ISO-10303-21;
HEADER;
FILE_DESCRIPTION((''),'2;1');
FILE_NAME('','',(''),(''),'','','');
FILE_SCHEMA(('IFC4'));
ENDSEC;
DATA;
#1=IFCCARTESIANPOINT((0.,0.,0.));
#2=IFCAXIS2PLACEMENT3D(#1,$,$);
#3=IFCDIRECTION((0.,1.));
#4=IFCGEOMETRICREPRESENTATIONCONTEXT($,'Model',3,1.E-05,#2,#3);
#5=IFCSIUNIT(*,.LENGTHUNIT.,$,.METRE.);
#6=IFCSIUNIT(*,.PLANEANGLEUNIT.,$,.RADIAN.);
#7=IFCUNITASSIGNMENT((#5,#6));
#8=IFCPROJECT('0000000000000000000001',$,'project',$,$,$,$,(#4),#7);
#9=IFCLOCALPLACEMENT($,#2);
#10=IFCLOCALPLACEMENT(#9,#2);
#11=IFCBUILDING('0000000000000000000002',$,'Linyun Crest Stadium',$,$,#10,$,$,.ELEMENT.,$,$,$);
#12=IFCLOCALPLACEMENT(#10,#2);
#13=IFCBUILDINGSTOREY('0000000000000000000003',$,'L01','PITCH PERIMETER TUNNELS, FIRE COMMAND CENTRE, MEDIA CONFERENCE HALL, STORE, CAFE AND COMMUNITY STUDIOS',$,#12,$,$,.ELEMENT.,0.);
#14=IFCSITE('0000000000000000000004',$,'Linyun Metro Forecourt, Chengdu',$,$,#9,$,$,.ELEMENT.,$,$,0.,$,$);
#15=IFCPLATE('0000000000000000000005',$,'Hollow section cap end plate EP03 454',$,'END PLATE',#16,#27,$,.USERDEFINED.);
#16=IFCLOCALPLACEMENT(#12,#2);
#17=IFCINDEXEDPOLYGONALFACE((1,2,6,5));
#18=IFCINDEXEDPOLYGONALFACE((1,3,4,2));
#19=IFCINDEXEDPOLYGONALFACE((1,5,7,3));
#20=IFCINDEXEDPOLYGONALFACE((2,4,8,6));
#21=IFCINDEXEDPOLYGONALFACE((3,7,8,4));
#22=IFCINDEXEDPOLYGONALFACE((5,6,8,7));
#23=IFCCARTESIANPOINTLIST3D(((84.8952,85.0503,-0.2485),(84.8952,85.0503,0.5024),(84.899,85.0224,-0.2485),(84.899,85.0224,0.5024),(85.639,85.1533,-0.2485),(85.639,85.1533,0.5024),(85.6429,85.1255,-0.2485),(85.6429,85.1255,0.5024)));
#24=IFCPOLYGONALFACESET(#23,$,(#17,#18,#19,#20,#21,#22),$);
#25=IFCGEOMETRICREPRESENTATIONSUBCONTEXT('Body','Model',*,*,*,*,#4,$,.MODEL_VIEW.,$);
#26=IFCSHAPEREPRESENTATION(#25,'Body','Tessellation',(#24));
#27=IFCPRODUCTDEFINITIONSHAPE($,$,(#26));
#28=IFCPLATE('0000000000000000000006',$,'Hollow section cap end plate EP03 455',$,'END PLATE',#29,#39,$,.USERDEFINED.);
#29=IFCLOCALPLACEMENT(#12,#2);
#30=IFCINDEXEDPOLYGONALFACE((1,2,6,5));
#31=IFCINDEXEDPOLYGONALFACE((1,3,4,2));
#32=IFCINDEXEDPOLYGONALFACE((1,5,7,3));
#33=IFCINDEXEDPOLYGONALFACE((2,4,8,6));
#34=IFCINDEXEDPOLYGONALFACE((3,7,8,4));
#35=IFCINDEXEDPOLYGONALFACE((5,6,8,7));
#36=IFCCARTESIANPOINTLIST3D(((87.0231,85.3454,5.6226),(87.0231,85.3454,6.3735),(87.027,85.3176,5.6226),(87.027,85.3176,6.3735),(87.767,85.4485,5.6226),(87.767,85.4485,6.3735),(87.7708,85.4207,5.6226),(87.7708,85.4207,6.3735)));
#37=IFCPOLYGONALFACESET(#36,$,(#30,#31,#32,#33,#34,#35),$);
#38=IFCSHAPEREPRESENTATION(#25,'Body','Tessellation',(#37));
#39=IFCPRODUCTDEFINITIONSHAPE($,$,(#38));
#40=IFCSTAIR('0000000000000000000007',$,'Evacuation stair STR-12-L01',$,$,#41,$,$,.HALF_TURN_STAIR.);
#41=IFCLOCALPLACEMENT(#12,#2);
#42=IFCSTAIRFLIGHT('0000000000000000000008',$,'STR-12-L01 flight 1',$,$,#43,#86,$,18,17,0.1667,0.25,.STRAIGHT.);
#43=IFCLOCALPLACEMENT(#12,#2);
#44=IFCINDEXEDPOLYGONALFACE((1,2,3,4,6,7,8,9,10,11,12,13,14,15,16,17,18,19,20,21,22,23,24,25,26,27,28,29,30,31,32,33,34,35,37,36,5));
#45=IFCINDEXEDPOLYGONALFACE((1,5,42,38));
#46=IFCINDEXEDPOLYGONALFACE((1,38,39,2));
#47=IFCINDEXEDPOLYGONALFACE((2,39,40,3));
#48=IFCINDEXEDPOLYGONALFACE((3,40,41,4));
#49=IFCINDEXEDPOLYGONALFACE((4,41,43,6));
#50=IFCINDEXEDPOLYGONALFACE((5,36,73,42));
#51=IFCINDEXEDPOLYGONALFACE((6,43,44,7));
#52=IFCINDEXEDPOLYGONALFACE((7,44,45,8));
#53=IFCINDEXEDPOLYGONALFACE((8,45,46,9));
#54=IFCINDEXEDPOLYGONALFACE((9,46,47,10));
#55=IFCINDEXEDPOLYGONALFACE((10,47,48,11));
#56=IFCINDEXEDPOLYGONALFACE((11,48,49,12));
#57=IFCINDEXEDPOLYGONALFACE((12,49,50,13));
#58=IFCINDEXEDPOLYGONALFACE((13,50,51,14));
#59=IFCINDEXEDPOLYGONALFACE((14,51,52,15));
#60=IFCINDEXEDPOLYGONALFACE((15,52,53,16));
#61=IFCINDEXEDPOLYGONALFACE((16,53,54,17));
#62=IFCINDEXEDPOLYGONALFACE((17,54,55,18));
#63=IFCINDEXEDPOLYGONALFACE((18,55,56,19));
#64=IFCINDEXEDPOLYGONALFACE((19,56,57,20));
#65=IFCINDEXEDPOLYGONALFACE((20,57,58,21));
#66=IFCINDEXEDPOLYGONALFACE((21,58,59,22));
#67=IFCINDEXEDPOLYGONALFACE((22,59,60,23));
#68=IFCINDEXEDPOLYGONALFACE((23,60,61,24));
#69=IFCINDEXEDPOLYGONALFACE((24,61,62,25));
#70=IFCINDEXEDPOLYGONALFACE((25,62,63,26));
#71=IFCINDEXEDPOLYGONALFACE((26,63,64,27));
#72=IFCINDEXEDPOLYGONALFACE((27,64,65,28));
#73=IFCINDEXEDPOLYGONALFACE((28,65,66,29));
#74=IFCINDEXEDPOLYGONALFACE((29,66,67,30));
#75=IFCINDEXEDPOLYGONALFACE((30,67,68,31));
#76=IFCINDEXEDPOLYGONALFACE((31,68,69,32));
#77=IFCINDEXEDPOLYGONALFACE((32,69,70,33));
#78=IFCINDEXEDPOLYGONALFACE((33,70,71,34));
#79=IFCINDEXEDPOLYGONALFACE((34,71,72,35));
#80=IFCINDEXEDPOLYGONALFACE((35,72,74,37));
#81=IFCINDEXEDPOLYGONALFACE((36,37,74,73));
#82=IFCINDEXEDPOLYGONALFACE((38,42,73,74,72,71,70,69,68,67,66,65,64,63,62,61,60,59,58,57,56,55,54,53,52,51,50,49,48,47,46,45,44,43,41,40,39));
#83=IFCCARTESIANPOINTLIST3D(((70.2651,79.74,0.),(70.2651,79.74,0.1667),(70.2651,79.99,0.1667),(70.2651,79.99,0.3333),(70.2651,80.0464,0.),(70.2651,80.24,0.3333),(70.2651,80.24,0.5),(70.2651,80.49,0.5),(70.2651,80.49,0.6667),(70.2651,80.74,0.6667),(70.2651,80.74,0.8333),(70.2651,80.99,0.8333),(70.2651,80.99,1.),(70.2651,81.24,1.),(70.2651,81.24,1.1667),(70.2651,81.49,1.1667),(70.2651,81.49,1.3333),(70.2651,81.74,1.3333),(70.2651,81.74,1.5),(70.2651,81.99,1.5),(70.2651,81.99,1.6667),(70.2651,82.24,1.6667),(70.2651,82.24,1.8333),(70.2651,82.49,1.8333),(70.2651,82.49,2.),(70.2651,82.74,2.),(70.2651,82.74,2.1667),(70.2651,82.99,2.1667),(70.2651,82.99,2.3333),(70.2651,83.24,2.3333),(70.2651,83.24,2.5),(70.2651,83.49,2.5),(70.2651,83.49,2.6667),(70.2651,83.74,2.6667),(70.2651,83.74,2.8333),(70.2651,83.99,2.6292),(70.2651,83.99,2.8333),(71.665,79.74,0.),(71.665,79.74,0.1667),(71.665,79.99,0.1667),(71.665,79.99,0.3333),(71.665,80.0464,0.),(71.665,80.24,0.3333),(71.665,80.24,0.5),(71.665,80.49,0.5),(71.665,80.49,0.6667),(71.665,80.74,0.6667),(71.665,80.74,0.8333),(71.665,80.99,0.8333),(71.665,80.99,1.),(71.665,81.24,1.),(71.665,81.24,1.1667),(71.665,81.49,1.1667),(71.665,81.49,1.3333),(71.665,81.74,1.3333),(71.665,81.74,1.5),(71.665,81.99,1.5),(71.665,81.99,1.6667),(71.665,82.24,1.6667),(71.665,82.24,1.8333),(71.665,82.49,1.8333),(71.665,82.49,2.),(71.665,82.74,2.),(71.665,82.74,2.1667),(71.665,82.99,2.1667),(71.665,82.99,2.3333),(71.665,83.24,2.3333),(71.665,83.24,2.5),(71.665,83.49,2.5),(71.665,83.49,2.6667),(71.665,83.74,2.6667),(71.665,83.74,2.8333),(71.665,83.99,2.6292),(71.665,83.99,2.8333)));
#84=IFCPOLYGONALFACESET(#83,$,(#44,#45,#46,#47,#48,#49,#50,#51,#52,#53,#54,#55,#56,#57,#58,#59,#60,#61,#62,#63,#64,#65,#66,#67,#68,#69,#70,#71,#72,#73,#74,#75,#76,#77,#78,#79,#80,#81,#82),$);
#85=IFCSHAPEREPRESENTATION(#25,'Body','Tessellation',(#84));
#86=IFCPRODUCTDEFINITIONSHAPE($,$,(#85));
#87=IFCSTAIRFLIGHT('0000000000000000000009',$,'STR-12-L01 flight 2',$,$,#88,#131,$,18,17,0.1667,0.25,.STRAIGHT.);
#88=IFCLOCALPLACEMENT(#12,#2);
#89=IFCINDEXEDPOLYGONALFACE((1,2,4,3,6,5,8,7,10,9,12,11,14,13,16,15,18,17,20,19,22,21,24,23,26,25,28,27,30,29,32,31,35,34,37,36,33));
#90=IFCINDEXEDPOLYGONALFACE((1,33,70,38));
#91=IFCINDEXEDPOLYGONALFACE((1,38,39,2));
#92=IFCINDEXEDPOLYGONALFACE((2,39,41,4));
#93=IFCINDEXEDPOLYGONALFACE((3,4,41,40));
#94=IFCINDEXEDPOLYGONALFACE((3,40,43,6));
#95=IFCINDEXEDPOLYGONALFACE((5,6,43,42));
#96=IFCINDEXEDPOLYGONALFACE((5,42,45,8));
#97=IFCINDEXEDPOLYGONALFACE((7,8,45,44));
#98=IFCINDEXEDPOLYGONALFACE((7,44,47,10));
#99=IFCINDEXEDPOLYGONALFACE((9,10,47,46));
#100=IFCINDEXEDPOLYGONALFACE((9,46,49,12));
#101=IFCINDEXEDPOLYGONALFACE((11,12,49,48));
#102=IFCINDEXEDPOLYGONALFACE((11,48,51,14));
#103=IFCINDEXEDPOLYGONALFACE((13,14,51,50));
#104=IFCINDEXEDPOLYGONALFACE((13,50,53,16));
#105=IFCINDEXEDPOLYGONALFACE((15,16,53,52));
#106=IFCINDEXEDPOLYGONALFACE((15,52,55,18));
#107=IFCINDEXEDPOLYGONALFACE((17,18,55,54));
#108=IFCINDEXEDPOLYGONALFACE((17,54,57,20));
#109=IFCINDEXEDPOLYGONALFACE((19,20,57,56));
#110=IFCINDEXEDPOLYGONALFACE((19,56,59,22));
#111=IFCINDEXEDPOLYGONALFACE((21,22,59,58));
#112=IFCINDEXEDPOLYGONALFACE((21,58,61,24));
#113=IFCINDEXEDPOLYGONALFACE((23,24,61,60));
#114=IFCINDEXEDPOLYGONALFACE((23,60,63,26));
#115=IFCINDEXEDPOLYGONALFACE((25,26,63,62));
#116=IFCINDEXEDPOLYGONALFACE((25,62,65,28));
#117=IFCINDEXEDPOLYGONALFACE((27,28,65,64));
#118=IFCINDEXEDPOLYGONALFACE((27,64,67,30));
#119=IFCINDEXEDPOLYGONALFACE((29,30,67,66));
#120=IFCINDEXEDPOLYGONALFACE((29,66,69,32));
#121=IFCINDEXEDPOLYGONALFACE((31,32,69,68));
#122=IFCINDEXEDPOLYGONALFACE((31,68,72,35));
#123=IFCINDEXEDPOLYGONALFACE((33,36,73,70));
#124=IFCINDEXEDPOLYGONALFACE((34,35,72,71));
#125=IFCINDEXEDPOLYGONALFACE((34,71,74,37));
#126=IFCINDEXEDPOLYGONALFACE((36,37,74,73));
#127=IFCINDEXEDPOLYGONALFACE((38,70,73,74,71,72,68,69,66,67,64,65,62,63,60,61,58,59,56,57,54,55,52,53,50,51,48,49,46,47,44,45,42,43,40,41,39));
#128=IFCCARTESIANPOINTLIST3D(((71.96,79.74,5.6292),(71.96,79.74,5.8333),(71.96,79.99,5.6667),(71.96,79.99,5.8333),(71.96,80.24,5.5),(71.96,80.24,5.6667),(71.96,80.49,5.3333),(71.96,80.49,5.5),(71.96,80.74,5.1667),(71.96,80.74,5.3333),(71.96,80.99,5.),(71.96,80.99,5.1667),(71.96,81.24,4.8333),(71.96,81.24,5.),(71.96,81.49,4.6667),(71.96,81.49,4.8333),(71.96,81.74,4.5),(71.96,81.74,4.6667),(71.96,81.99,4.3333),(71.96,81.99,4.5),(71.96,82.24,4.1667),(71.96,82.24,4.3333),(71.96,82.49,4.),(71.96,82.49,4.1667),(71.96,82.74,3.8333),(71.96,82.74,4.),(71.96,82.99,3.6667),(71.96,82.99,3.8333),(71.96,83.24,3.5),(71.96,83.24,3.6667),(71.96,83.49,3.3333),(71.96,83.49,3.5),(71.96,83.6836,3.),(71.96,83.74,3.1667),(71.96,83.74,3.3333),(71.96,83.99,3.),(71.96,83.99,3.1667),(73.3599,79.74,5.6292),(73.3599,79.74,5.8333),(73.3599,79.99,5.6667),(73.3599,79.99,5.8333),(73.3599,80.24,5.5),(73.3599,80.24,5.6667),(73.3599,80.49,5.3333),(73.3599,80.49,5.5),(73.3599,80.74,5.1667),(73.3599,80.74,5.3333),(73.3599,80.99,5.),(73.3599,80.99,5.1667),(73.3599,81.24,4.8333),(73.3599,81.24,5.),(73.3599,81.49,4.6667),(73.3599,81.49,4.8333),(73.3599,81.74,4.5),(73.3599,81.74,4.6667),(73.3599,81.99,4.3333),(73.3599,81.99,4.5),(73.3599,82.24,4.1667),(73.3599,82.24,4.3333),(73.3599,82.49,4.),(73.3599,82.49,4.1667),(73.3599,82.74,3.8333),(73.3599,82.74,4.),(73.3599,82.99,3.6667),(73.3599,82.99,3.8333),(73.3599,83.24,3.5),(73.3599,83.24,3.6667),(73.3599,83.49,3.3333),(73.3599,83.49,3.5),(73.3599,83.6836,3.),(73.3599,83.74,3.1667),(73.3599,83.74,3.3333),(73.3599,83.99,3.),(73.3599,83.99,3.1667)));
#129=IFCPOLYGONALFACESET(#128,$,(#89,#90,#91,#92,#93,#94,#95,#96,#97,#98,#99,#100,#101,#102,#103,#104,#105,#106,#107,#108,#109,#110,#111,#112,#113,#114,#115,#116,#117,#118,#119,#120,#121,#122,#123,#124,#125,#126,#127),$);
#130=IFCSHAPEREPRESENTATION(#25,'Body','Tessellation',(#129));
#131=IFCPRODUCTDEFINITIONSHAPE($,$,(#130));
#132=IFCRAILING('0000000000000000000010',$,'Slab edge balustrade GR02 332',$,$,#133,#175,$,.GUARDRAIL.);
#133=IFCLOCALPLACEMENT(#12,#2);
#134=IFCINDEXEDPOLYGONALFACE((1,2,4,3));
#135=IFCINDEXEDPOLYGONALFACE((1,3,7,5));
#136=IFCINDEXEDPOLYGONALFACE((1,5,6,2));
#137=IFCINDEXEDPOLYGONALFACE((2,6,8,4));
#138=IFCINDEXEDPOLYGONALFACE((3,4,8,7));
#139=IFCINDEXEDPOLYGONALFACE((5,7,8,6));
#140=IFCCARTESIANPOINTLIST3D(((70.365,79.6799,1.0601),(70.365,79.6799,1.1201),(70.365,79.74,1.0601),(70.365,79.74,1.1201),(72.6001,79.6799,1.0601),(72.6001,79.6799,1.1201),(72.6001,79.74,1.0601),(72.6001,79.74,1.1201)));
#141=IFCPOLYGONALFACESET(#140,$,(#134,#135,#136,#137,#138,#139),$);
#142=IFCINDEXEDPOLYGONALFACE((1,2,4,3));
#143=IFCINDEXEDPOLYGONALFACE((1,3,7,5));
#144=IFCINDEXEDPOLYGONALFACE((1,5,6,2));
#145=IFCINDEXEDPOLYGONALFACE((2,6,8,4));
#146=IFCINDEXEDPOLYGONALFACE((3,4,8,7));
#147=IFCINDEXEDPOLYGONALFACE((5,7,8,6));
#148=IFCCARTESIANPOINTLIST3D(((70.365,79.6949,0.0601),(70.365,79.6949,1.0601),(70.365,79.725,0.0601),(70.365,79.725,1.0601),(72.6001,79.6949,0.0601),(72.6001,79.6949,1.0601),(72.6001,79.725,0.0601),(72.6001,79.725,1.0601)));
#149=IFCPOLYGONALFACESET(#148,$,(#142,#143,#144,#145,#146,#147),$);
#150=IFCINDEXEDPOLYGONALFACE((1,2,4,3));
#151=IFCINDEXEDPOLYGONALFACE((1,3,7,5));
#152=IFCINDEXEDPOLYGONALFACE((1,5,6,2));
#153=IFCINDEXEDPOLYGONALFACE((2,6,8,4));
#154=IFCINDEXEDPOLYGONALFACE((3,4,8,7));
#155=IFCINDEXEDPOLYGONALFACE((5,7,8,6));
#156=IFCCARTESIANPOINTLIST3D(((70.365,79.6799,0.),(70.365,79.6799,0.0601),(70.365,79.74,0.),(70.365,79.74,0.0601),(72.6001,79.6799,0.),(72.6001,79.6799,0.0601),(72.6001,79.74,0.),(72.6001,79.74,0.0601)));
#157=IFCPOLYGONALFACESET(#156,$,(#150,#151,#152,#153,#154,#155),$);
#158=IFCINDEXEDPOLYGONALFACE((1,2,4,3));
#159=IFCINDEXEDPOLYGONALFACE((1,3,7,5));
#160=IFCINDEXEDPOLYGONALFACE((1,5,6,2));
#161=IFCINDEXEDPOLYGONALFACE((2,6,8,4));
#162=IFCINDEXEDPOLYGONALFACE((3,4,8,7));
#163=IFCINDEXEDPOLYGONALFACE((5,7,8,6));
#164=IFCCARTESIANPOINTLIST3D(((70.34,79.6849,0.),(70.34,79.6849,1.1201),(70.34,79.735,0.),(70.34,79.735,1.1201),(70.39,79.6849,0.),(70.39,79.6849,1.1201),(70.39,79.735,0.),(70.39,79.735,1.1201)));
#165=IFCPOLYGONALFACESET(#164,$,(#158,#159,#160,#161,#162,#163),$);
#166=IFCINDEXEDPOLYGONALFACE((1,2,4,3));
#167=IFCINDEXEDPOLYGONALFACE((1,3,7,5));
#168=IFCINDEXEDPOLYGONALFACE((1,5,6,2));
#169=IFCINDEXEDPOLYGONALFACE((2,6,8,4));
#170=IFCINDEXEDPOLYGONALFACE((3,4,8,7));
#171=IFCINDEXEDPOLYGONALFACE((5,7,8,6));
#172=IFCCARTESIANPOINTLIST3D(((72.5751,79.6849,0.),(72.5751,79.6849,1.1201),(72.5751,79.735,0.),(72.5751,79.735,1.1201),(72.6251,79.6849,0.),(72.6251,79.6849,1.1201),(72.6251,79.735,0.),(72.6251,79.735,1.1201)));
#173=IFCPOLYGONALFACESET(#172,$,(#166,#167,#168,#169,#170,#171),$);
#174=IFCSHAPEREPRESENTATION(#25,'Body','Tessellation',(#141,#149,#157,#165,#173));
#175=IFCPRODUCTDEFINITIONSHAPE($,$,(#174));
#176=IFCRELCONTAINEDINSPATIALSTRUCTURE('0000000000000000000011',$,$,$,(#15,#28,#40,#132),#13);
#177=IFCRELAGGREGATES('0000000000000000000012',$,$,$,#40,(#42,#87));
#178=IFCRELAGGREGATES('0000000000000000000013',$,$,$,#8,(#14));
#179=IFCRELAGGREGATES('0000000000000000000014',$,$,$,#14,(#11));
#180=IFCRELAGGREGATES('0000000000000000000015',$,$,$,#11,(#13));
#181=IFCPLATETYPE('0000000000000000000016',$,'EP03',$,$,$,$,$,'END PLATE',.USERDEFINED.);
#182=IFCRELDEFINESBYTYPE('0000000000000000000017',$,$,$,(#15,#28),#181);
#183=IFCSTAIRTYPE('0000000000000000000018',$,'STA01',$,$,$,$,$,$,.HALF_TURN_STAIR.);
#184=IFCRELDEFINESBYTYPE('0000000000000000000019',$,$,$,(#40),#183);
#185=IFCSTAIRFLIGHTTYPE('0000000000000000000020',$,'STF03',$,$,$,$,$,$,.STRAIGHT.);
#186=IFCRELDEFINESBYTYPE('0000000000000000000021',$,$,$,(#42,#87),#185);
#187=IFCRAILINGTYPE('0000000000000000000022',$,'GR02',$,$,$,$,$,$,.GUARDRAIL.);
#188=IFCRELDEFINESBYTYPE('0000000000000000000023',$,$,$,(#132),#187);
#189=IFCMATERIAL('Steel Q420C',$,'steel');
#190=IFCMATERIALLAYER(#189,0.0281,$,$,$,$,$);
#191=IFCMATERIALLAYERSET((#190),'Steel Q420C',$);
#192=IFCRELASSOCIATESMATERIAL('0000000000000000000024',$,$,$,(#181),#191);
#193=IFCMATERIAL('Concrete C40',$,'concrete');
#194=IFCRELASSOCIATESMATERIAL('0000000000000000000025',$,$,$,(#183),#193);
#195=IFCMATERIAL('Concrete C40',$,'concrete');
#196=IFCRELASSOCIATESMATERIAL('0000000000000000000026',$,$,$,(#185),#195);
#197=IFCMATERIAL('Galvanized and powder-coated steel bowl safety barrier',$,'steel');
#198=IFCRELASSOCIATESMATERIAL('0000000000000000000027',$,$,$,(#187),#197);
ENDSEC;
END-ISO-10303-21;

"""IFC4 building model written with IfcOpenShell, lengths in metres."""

from ifc_helpers import new_model, si_unit, direction, frame, origin, origin_2d, place, context, subcontext, project, spatial, polyline, rectangle, outline, extrude, material, layer, layer_set, type_object, element, aggregate, save


model = new_model("IFC4")

# Units and contexts
model_context = context("Model", 3, precision=1e-05, world=origin(), true_north=direction((0.0, 1.0)))
body_context = subcontext(model_context, "Body", "Model", "MODEL_VIEW")
ifc_project = project(units=[si_unit("LENGTHUNIT", "METRE"), si_unit("PLANEANGLEUNIT", "RADIAN")], contexts=[model_context])

# Site, building, storey
site_placement = place(None, origin())
site = spatial("IfcSite", under=ifc_project, at=site_placement, Name="Linyun Metro Forecourt, Chengdu", CompositionType="ELEMENT", RefElevation=0.0)
building_placement = place(site_placement, origin())
building = spatial("IfcBuilding", under=site, at=building_placement, Name="Linyun Crest Stadium", CompositionType="ELEMENT")
storey_placement = place(building_placement, origin())
storey = spatial("IfcBuildingStorey", under=building, at=storey_placement, Name="L01", Description="PITCH PERIMETER TUNNELS, FIRE COMMAND CENTRE, MEDIA CONFERENCE HALL, STORE, CAFE AND COMMUNITY STUDIOS", CompositionType="ELEMENT", Elevation=0.0)

# Plates
ifc_material_1 = material(Name="Steel Q420C", Category="steel")
ifc_layer = layer(ifc_material_1, 0.0281)
ifc_layer_set = layer_set([ifc_layer], Name="Steel Q420C")
plate_type = type_object("IfcPlateType", Name="EP03", ElementType="END PLATE", PredefinedType="USERDEFINED", material=ifc_layer_set)
for number, where, z_axis, x_axis, name in (
    (1, (85.269, 85.0879, -0.2485), (0.0, 0.0, 1.0), (0.990533, 0.137272, 0.0), "Hollow section cap end plate EP03 454"),
    (2, (87.397, 85.3831, 5.6226), (0.0, 0.0, 1.0), (0.990533, 0.137272, 0.0), "Hollow section cap end plate EP03 455"),
):
    element("IfcPlate", number, at=place(storey_placement, frame(where, z_axis=z_axis, x_axis=x_axis)), inside=storey, type_object=plate_type, Name=name, ObjectType="END PLATE", PredefinedType="USERDEFINED", context=body_context, shape_type="SweptSolid", body=[
        extrude(rectangle(XDim=0.751, YDim=0.0281, at=origin_2d()), origin(), (0.0, 0.0, 1.0), 0.751),
    ])

# Stair, stair flights
ifc_material_2 = material(Name="Concrete C40", Category="concrete")
stair_type = type_object("IfcStairType", Name="STA01", PredefinedType="HALF_TURN_STAIR", material=ifc_material_2)
stair_placement = place(storey_placement, origin())
stair = element("IfcStair", 3, at=stair_placement, inside=storey, type_object=stair_type, Name="Evacuation stair STR-12-L01", PredefinedType="HALF_TURN_STAIR")
ifc_material_3 = material(Name="Concrete C40", Category="concrete")
stair_flight_type = type_object("IfcStairFlightType", Name="STF03", PredefinedType="STRAIGHT", material=ifc_material_3)
stair_flight_1_placement = place(storey_placement, frame((70.9651, 79.74, 0.0), z_axis=(0.0, 0.0, 1.0), x_axis=(0.0, 1.0, 0.0)))
stair_flight_1 = element("IfcStairFlight", 4, at=stair_flight_1_placement, type_object=stair_flight_type, Name="STR-12-L01 flight 1", NumberOfRisers=18, NumberOfTreads=17, PredefinedType="STRAIGHT", RiserHeight=0.1667, TreadLength=0.25, context=body_context, shape_type="SweptSolid", body=[
    extrude(outline(polyline([(0.0, 0.0), (0.0, 0.1667), (0.25, 0.1667), (0.25, 0.3333), (0.5, 0.3333), (0.5, 0.5), (0.75, 0.5), (0.75, 0.6667), (1.0, 0.6667), (1.0, 0.8333), (1.25, 0.8333), (1.25, 1.0), (1.5, 1.0), (1.5, 1.1667), (1.75, 1.1667), (1.75, 1.3333), (2.0, 1.3333), (2.0, 1.5), (2.25, 1.5), (2.25, 1.6667), (2.5, 1.6667), (2.5, 1.8333), (2.75, 1.8333), (2.75, 2.0), (3.0, 2.0), (3.0, 2.1667), (3.25, 2.1667), (3.25, 2.3333), (3.5, 2.3333), (3.5, 2.5), (3.75, 2.5), (3.75, 2.6667), (4.0, 2.6667), (4.0, 2.8333), (4.25, 2.8333), (4.25, 3.0), (4.25, 2.6292), (0.3064, 0.0), (0.0, 0.0)])), frame((0.0, 0.7, 0.0), z_axis=(0.0, -1.0, 0.0), x_axis=(1.0, 0.0, 0.0)), (0.0, 0.0, 1.0), 1.3999),
])
stair_flight_2_placement = place(storey_placement, frame((72.6599, 83.99, 3.0), z_axis=(0.0, 0.0, 1.0), x_axis=(0.0, -1.0, 0.0)))
stair_flight_2 = element("IfcStairFlight", 5, at=stair_flight_2_placement, type_object=stair_flight_type, Name="STR-12-L01 flight 2", NumberOfRisers=18, NumberOfTreads=17, PredefinedType="STRAIGHT", RiserHeight=0.1667, TreadLength=0.25, context=body_context, shape_type="SweptSolid", body=[
    extrude(outline(polyline([(0.0, 0.0), (0.0, 0.1667), (0.25, 0.1667), (0.25, 0.3333), (0.5, 0.3333), (0.5, 0.5), (0.75, 0.5), (0.75, 0.6667), (1.0, 0.6667), (1.0, 0.8333), (1.25, 0.8333), (1.25, 1.0), (1.5, 1.0), (1.5, 1.1667), (1.75, 1.1667), (1.75, 1.3333), (2.0, 1.3333), (2.0, 1.5), (2.25, 1.5), (2.25, 1.6667), (2.5, 1.6667), (2.5, 1.8333), (2.75, 1.8333), (2.75, 2.0), (3.0, 2.0), (3.0, 2.1667), (3.25, 2.1667), (3.25, 2.3333), (3.5, 2.3333), (3.5, 2.5), (3.75, 2.5), (3.75, 2.6667), (4.0, 2.6667), (4.0, 2.8333), (4.25, 2.8333), (4.25, 3.0), (4.25, 2.6292), (0.3064, 0.0), (0.0, 0.0)])), frame((0.0, 0.7, 0.0), z_axis=(0.0, -1.0, 0.0), x_axis=(1.0, 0.0, 0.0)), (0.0, 0.0, 1.0), 1.3999),
])
aggregate(stair, [stair_flight_1, stair_flight_2])

# Railing
ifc_material_4 = material(Name="Galvanized and powder-coated steel bowl safety barrier", Category="steel")
railing_type_1 = type_object("IfcRailingType", Name="GR02", PredefinedType="GUARDRAIL", material=ifc_material_4)
railing_1_placement = place(storey_placement, frame((70.365, 79.71, 0.0)))
element("IfcRailing", 6, at=railing_1_placement, inside=storey, type_object=railing_type_1, Name="Slab edge balustrade GR02 332", PredefinedType="GUARDRAIL", context=body_context, shape_type="SweptSolid", body=[
    extrude(rectangle(XDim=0.0601, YDim=0.0601, at=origin_2d()), frame((0.0, 0.0, 1.0901), z_axis=(1.0, 0.0, 0.0), x_axis=(0.0, 1.0, 0.0)), (0.0, 0.0, 1.0), 2.2351),
    extrude(rectangle(XDim=0.03, YDim=1.0, at=origin_2d()), frame((0.0, 0.0, 0.5601), z_axis=(1.0, 0.0, 0.0), x_axis=(0.0, 1.0, 0.0)), (0.0, 0.0, 1.0), 2.2351),
    extrude(rectangle(XDim=0.0601, YDim=0.0601, at=origin_2d()), frame((0.0, 0.0, 0.03), z_axis=(1.0, 0.0, 0.0), x_axis=(0.0, 1.0, 0.0)), (0.0, 0.0, 1.0), 2.2351),
    extrude(rectangle(XDim=0.05, YDim=0.05, at=origin_2d()), origin(), (0.0, 0.0, 1.0), 1.1201),
    extrude(rectangle(XDim=0.05, YDim=0.05, at=origin_2d()), frame((2.2351, 0.0, 0.0)), (0.0, 0.0, 1.0), 1.1201),
])

save(model, "model.ifc")
